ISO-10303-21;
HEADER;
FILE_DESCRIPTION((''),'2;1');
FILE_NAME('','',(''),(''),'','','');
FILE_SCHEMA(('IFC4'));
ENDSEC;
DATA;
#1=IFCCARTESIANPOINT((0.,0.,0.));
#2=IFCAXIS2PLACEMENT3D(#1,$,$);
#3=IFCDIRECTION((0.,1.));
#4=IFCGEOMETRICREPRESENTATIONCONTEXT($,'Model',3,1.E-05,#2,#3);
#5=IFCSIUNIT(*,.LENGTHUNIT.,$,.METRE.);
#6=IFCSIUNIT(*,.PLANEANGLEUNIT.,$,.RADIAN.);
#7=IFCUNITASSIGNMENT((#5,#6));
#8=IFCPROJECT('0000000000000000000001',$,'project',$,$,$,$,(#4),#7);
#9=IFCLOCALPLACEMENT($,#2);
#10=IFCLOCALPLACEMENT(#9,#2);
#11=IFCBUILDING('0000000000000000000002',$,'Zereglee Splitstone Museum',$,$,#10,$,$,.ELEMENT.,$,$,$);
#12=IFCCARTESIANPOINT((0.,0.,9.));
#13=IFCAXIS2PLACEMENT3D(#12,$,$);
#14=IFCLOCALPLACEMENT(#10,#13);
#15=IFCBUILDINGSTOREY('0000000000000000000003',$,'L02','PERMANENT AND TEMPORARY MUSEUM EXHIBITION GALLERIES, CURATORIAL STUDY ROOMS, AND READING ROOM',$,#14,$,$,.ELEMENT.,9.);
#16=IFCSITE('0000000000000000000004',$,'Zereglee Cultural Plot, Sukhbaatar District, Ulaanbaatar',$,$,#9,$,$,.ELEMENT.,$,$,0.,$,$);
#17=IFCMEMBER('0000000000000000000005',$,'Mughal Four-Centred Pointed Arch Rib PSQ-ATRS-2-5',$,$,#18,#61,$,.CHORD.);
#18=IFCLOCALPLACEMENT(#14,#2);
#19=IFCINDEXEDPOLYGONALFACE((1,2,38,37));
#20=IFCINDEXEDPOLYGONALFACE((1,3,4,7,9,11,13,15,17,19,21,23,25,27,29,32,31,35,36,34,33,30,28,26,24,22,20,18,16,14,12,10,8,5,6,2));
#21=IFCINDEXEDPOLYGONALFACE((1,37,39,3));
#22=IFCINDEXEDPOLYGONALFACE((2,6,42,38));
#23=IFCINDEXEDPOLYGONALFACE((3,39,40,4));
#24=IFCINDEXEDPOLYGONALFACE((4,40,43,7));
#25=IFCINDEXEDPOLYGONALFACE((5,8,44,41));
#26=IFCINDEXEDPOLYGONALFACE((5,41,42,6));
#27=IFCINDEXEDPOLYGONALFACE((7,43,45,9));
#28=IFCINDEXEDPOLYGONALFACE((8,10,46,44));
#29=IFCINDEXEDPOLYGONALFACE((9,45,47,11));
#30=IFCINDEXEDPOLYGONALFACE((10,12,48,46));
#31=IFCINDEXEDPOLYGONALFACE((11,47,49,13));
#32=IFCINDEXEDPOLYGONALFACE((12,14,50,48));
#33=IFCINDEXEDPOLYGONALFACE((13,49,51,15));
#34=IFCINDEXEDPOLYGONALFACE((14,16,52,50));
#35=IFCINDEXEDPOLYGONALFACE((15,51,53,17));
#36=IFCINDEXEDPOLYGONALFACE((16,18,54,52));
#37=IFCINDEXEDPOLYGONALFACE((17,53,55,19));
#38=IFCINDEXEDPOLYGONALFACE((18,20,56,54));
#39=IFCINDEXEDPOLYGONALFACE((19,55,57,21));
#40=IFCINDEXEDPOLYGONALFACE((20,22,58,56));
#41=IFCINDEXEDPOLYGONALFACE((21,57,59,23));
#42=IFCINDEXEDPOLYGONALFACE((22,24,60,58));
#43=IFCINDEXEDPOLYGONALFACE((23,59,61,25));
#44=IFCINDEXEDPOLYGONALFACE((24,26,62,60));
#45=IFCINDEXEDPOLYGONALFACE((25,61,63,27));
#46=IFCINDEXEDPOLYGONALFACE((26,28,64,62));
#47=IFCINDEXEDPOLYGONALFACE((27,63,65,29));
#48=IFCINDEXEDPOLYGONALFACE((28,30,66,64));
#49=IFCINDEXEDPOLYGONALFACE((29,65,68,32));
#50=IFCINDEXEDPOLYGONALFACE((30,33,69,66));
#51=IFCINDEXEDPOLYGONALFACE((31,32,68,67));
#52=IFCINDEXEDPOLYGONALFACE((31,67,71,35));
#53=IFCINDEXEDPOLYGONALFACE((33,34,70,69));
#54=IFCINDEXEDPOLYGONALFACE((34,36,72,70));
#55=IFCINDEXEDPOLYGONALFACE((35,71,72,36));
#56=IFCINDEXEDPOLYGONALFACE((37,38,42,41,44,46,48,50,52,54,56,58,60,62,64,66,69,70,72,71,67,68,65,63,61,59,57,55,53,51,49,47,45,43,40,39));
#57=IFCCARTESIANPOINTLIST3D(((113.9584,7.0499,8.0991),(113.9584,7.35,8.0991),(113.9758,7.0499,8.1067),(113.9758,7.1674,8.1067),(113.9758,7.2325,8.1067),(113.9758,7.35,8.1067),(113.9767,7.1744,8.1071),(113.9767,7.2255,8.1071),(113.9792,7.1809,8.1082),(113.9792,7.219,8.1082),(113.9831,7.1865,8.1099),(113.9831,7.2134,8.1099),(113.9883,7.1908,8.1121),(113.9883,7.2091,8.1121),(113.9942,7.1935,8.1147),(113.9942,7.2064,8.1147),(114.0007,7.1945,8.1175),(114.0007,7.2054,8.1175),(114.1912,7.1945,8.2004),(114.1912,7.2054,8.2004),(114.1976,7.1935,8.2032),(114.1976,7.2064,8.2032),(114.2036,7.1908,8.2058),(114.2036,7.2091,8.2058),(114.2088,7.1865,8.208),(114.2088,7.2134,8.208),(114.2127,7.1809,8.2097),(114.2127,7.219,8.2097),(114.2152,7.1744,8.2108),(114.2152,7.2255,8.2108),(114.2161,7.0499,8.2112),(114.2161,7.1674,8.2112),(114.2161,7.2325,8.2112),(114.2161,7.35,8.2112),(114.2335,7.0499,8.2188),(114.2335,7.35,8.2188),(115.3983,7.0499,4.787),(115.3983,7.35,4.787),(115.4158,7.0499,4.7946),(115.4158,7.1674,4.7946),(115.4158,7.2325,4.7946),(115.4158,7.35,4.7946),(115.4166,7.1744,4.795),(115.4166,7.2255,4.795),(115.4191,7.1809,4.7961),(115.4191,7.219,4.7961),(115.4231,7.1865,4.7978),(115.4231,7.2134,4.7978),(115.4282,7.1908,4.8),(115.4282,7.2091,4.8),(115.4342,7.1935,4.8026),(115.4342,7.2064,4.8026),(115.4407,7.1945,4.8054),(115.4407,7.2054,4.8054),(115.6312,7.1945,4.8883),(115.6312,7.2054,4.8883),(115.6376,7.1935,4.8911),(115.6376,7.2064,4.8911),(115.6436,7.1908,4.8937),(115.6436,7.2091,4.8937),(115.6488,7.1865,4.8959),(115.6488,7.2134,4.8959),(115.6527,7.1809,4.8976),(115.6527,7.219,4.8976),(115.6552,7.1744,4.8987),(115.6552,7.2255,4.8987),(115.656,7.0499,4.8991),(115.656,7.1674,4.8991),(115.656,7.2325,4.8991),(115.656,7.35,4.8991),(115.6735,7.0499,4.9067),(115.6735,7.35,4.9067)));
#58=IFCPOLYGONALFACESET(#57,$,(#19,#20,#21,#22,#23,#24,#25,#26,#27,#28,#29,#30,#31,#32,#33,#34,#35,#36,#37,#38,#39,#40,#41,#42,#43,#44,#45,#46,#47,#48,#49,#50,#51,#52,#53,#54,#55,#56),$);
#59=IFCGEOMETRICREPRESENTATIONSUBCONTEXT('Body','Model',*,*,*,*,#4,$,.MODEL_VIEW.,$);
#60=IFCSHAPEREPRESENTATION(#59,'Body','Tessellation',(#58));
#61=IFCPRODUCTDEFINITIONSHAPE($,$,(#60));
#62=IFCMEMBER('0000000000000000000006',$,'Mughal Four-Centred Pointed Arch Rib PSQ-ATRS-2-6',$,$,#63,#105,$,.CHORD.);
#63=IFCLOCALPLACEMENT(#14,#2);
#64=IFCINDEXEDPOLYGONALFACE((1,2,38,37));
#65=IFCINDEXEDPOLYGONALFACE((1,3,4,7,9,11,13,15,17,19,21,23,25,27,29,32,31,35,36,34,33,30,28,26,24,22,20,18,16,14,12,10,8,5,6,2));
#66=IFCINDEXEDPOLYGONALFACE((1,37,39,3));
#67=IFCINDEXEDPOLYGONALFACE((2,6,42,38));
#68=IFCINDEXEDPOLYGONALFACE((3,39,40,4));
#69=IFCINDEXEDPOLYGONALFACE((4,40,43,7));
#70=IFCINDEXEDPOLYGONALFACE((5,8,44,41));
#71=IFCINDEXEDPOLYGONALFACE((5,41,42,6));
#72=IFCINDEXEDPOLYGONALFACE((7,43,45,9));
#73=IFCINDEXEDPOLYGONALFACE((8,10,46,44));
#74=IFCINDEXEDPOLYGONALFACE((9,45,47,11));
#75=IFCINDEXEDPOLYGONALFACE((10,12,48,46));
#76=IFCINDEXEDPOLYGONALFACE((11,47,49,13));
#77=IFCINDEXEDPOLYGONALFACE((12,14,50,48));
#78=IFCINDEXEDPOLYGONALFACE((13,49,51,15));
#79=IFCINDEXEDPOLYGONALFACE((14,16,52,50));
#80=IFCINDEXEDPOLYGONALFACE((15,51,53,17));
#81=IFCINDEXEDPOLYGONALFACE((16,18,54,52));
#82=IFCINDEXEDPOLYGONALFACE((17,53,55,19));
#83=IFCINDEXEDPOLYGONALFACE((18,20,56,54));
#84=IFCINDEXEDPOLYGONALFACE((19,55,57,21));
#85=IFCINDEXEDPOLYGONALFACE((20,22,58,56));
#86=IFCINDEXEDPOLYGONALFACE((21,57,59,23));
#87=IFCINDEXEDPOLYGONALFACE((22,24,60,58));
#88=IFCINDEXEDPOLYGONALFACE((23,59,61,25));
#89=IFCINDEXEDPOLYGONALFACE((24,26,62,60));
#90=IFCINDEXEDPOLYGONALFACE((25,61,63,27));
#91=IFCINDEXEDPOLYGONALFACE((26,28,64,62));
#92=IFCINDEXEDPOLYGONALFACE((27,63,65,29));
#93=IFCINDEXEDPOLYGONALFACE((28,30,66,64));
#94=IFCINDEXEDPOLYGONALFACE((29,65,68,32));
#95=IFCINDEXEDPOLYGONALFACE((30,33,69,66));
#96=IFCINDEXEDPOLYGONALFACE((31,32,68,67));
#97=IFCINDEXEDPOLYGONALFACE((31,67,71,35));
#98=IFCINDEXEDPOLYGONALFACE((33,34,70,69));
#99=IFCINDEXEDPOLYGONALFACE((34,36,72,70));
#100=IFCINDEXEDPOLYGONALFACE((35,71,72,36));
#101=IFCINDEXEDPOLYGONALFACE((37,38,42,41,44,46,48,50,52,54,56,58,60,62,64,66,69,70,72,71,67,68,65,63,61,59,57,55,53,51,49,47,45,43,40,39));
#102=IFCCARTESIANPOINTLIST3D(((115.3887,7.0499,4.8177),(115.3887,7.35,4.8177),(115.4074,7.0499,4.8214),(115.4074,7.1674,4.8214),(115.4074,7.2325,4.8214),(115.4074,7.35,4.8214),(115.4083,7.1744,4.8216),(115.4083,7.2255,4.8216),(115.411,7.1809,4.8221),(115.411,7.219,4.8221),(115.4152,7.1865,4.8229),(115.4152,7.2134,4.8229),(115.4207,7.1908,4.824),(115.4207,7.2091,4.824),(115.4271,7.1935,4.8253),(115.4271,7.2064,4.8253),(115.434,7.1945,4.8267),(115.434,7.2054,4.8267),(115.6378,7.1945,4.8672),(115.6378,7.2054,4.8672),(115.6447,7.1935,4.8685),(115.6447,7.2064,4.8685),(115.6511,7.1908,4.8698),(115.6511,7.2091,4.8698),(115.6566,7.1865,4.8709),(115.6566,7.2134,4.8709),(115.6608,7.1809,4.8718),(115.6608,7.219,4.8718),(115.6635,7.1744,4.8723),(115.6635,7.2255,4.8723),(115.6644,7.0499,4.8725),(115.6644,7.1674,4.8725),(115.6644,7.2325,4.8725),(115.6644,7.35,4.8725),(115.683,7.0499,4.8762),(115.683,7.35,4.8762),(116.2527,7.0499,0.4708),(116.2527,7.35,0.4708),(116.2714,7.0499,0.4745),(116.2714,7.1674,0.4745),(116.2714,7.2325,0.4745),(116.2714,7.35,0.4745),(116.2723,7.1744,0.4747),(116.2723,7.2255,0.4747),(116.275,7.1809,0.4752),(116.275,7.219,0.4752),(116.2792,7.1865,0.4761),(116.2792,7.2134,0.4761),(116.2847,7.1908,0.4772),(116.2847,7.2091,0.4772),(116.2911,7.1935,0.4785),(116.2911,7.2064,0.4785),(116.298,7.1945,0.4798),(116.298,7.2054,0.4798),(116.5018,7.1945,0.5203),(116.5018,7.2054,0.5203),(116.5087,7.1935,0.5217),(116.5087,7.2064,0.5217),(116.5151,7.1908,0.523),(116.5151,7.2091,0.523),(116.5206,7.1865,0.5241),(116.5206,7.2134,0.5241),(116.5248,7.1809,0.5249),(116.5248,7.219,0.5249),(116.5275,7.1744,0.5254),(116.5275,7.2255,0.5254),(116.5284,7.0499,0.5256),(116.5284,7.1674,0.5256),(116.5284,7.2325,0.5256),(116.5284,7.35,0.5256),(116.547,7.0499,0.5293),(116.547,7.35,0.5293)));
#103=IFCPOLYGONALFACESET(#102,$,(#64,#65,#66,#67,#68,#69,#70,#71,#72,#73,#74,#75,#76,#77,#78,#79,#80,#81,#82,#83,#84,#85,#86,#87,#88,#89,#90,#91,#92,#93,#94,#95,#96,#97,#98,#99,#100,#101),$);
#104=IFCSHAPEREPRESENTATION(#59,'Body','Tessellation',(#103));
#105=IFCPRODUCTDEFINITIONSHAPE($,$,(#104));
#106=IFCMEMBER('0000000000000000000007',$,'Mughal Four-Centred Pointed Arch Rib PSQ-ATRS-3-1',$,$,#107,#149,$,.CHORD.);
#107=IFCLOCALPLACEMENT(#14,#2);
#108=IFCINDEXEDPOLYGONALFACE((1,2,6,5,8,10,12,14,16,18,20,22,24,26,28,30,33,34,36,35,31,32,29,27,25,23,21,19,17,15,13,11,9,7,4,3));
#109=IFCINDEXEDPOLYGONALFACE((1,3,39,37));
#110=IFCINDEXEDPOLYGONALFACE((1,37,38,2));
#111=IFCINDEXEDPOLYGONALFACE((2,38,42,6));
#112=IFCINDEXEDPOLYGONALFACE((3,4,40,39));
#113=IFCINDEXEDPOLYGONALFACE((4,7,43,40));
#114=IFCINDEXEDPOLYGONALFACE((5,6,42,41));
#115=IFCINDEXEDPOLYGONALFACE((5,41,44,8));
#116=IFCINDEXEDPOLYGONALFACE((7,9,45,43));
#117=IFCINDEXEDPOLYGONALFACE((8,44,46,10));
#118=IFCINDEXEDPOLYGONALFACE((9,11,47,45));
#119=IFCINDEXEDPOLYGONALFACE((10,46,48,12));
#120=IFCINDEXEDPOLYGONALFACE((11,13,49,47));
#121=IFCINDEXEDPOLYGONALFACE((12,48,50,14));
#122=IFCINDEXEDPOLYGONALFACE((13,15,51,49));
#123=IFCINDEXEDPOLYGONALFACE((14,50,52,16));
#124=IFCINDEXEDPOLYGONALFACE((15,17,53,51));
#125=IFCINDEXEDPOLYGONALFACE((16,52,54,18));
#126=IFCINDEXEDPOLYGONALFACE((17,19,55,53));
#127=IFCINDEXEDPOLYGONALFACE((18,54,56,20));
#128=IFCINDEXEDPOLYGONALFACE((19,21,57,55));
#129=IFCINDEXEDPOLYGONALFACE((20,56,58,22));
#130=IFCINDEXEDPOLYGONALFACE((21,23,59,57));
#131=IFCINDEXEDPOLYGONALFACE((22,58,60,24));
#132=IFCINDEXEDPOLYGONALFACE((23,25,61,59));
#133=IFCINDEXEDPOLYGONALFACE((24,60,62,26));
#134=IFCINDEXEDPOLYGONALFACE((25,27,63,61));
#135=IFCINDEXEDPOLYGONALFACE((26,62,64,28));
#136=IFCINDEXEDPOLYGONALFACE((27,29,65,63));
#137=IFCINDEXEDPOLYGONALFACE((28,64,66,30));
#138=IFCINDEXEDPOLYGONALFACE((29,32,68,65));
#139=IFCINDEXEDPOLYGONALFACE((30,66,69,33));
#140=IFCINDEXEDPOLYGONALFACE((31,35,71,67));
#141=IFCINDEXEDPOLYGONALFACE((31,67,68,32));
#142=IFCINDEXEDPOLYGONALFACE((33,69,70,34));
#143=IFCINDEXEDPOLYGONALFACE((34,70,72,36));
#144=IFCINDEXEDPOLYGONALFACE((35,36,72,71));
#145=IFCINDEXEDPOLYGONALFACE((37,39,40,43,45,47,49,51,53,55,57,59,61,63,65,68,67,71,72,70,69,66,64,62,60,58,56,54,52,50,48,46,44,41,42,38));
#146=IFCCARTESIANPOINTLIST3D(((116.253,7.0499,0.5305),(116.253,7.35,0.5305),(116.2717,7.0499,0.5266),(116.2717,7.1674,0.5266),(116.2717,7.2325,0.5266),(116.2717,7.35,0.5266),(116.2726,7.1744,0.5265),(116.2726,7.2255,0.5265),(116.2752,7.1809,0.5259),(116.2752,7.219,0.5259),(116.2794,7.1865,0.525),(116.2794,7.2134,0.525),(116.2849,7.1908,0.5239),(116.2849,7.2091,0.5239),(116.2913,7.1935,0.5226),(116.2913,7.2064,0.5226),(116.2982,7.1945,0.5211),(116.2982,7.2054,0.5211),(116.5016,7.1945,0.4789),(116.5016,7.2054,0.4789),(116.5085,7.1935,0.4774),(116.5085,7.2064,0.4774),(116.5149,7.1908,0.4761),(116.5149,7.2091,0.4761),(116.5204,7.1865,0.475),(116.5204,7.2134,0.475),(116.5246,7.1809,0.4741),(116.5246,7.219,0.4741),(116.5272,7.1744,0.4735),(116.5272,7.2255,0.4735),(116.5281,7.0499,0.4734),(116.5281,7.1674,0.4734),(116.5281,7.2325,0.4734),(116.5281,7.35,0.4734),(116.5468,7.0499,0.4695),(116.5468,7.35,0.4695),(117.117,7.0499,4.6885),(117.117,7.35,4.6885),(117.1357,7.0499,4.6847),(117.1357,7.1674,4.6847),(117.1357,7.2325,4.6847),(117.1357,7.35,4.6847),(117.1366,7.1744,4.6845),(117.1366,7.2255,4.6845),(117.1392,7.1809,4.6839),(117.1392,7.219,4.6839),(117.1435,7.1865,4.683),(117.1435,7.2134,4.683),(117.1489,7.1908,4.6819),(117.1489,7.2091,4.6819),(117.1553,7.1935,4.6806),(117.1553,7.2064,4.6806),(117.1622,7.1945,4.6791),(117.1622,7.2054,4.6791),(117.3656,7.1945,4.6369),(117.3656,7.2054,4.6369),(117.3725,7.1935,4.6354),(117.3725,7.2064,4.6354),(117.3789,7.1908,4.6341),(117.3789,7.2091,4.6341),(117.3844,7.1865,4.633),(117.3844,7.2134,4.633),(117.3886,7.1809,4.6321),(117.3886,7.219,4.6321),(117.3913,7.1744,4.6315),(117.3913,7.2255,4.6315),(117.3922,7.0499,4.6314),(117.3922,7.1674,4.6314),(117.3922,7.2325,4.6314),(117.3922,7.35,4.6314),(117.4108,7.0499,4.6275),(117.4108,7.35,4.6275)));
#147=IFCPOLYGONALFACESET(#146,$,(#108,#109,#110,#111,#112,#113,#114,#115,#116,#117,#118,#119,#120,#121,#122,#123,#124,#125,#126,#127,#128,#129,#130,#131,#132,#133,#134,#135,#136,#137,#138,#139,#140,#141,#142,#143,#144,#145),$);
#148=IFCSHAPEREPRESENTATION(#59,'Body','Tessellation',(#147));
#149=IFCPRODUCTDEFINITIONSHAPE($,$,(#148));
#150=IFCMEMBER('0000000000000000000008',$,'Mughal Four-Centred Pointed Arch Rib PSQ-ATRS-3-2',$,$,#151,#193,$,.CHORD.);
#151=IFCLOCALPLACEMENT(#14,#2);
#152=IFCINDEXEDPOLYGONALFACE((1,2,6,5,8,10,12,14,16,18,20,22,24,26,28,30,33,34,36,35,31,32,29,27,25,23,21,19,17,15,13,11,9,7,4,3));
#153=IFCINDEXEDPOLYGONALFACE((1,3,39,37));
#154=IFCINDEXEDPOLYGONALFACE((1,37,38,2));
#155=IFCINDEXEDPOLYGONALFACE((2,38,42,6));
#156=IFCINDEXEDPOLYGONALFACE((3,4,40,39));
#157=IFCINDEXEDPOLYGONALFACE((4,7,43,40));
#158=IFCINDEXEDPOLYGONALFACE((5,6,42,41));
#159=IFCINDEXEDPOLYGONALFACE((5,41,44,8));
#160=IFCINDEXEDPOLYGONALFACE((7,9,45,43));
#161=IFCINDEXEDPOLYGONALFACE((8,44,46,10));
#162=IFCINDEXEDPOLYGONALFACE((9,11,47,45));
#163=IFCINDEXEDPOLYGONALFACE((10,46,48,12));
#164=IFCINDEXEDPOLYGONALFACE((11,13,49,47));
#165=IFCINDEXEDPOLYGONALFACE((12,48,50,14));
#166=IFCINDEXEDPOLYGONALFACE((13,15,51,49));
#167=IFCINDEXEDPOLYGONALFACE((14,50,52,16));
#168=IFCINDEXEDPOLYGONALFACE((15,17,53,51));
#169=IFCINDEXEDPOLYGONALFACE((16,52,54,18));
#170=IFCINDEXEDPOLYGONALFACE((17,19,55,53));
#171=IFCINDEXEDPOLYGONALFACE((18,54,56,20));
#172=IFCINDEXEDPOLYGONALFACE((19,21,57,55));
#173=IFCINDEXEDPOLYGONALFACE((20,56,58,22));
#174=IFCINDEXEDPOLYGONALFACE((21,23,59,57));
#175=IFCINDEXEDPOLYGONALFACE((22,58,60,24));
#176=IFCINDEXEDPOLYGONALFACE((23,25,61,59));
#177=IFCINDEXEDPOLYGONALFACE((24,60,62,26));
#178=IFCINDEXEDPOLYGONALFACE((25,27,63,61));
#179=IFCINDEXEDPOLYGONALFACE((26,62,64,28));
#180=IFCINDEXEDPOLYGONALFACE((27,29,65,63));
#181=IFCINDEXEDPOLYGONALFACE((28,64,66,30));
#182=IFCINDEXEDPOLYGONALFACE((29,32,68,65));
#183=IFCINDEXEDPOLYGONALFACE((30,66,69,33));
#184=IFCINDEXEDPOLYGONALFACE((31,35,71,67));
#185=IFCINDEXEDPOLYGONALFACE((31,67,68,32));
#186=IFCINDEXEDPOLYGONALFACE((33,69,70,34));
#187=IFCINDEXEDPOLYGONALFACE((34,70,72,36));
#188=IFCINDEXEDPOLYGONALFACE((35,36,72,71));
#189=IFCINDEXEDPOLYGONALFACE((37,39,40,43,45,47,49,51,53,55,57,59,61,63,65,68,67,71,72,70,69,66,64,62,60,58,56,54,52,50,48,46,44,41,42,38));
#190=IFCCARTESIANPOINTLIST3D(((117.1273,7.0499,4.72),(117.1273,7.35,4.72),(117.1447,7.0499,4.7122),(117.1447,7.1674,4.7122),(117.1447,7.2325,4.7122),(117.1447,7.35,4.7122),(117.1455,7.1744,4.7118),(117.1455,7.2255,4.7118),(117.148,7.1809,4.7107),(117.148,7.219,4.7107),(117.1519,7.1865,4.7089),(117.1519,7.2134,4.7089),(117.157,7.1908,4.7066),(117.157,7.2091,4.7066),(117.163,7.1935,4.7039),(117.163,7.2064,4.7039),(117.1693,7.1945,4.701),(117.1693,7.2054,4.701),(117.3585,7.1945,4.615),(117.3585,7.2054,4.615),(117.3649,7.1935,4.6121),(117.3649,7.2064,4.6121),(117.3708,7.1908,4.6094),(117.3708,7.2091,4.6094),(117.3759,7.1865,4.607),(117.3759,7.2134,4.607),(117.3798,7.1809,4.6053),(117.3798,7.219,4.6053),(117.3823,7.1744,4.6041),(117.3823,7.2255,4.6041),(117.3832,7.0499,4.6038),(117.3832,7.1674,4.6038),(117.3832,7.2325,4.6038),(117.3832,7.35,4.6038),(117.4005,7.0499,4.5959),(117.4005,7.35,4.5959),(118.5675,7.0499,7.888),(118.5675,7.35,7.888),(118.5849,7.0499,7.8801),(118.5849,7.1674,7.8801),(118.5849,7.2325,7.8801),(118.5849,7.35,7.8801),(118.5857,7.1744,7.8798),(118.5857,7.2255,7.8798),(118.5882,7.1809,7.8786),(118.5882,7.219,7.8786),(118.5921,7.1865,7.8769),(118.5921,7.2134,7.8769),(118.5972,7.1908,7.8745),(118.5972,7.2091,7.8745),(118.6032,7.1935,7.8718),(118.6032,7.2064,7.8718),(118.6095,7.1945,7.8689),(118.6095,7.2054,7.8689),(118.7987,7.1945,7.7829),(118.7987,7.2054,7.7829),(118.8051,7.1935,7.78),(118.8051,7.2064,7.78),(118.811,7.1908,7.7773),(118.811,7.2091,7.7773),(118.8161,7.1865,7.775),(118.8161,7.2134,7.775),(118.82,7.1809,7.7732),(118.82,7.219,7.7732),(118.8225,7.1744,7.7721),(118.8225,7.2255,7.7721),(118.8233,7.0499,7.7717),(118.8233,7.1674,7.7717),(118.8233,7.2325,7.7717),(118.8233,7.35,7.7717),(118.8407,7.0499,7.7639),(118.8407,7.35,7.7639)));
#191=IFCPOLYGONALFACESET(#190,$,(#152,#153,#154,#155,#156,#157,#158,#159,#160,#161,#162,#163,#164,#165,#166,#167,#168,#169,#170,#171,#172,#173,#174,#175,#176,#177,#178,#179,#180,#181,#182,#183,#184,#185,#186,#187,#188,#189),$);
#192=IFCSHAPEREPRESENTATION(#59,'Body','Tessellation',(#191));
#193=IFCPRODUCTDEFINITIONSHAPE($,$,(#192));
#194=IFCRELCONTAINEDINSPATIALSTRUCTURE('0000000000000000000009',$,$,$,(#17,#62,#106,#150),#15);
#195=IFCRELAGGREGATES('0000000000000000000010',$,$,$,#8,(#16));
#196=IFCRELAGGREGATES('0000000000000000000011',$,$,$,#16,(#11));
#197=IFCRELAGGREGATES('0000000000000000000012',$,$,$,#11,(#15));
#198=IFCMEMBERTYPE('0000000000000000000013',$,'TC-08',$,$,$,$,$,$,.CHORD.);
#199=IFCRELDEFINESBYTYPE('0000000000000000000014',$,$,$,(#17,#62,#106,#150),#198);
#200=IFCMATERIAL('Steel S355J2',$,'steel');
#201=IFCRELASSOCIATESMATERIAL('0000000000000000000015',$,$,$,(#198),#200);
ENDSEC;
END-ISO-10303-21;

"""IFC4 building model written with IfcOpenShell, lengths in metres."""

from ifc_helpers import new_model, si_unit, direction, frame, origin, origin_2d, place, context, subcontext, project, spatial, i_section, extrude, material, material_profile, profile_set, type_object, element, save


model = new_model("IFC4")

# Units and contexts
model_context = context("Model", 3, precision=1e-05, world=origin(), true_north=direction((0.0, 1.0)))
body_context = subcontext(model_context, "Body", "Model", "MODEL_VIEW")
ifc_project = project(units=[si_unit("LENGTHUNIT", "METRE"), si_unit("PLANEANGLEUNIT", "RADIAN")], contexts=[model_context])

# Site, building, storey
site_placement = place(None, origin())
site = spatial("IfcSite", under=ifc_project, at=site_placement, Name="Zereglee Cultural Plot, Sukhbaatar District, Ulaanbaatar", CompositionType="ELEMENT", RefElevation=0.0)
building_placement = place(site_placement, origin())
building = spatial("IfcBuilding", under=site, at=building_placement, Name="Zereglee Splitstone Museum", CompositionType="ELEMENT")
storey_placement = place(building_placement, frame((0.0, 0.0, 9.0)))
storey = spatial("IfcBuildingStorey", under=building, at=storey_placement, Name="L02", Description="PERMANENT AND TEMPORARY MUSEUM EXHIBITION GALLERIES, CURATORIAL STUDY ROOMS, AND READING ROOM", CompositionType="ELEMENT", Elevation=9.0)

# Members
ifc_material_1 = material(Name="Steel S355J2", Category="steel")
ifc_material_profile_1 = material_profile(ifc_material_1, i_section(OverallWidth=0.3, OverallDepth=0.3, WebThickness=0.011, FlangeThickness=0.019, FilletRadius=0.0271, at=origin_2d()), Name="HE 300 B")
ifc_profile_set_1 = profile_set([ifc_material_profile_1], Name="Steel S355J2")
member_type_1 = type_object("IfcMemberType", Name="TC-08", PredefinedType="CHORD", material=ifc_profile_set_1)
member_1_placement = place(storey_placement, frame((114.0959, 7.2, 8.1589), z_axis=(0.398711, 0.0, -0.917077), x_axis=(0.0, 1.0, 0.0)))
element("IfcMember", 1, at=member_1_placement, inside=storey, type_object=member_type_1, Name="Mughal Four-Centred Pointed Arch Rib PSQ-ATRS-2-5", PredefinedType="CHORD", context=body_context, shape_type="SweptSolid", body=[
    extrude(i_section(OverallWidth=0.3, OverallDepth=0.3, WebThickness=0.011, FlangeThickness=0.019, FilletRadius=0.0271, at=origin_2d()), origin(), (0.0, 0.0, 1.0), 3.6116),
])
member_2_placement = place(storey_placement, frame((115.5359, 7.2, 4.8469), z_axis=(0.194951, 0.0, -0.980813), x_axis=(0.0, 1.0, 0.0)))
element("IfcMember", 2, at=member_2_placement, inside=storey, type_object=member_type_1, Name="Mughal Four-Centred Pointed Arch Rib PSQ-ATRS-2-6", PredefinedType="CHORD", context=body_context, shape_type="SweptSolid", body=[
    extrude(i_section(OverallWidth=0.3, OverallDepth=0.3, WebThickness=0.011, FlangeThickness=0.019, FilletRadius=0.0271, at=origin_2d()), origin(), (0.0, 0.0, 1.0), 4.4319),
])
member_3_placement = place(storey_placement, frame((116.3999, 7.2, 0.5), z_axis=(0.203451, 0.0, 0.979085), x_axis=(0.0, 1.0, 0.0)))
element("IfcMember", 3, at=member_3_placement, inside=storey, type_object=member_type_1, Name="Mughal Four-Centred Pointed Arch Rib PSQ-ATRS-3-1", PredefinedType="CHORD", context=body_context, shape_type="SweptSolid", body=[
    extrude(i_section(OverallWidth=0.3, OverallDepth=0.3, WebThickness=0.011, FlangeThickness=0.019, FilletRadius=0.0271, at=origin_2d()), origin(), (0.0, 0.0, 1.0), 4.2468),
])
member_4_placement = place(storey_placement, frame((117.2639, 7.2, 4.658), z_axis=(0.413851, 0.0, 0.910345), x_axis=(0.0, 1.0, 0.0)))
element("IfcMember", 4, at=member_4_placement, inside=storey, type_object=member_type_1, Name="Mughal Four-Centred Pointed Arch Rib PSQ-ATRS-3-2", PredefinedType="CHORD", context=body_context, shape_type="SweptSolid", body=[
    extrude(i_section(OverallWidth=0.3, OverallDepth=0.3, WebThickness=0.011, FlangeThickness=0.019, FilletRadius=0.0271, at=origin_2d()), origin(), (0.0, 0.0, 1.0), 3.48),
])

save(model, "model.ifc")
